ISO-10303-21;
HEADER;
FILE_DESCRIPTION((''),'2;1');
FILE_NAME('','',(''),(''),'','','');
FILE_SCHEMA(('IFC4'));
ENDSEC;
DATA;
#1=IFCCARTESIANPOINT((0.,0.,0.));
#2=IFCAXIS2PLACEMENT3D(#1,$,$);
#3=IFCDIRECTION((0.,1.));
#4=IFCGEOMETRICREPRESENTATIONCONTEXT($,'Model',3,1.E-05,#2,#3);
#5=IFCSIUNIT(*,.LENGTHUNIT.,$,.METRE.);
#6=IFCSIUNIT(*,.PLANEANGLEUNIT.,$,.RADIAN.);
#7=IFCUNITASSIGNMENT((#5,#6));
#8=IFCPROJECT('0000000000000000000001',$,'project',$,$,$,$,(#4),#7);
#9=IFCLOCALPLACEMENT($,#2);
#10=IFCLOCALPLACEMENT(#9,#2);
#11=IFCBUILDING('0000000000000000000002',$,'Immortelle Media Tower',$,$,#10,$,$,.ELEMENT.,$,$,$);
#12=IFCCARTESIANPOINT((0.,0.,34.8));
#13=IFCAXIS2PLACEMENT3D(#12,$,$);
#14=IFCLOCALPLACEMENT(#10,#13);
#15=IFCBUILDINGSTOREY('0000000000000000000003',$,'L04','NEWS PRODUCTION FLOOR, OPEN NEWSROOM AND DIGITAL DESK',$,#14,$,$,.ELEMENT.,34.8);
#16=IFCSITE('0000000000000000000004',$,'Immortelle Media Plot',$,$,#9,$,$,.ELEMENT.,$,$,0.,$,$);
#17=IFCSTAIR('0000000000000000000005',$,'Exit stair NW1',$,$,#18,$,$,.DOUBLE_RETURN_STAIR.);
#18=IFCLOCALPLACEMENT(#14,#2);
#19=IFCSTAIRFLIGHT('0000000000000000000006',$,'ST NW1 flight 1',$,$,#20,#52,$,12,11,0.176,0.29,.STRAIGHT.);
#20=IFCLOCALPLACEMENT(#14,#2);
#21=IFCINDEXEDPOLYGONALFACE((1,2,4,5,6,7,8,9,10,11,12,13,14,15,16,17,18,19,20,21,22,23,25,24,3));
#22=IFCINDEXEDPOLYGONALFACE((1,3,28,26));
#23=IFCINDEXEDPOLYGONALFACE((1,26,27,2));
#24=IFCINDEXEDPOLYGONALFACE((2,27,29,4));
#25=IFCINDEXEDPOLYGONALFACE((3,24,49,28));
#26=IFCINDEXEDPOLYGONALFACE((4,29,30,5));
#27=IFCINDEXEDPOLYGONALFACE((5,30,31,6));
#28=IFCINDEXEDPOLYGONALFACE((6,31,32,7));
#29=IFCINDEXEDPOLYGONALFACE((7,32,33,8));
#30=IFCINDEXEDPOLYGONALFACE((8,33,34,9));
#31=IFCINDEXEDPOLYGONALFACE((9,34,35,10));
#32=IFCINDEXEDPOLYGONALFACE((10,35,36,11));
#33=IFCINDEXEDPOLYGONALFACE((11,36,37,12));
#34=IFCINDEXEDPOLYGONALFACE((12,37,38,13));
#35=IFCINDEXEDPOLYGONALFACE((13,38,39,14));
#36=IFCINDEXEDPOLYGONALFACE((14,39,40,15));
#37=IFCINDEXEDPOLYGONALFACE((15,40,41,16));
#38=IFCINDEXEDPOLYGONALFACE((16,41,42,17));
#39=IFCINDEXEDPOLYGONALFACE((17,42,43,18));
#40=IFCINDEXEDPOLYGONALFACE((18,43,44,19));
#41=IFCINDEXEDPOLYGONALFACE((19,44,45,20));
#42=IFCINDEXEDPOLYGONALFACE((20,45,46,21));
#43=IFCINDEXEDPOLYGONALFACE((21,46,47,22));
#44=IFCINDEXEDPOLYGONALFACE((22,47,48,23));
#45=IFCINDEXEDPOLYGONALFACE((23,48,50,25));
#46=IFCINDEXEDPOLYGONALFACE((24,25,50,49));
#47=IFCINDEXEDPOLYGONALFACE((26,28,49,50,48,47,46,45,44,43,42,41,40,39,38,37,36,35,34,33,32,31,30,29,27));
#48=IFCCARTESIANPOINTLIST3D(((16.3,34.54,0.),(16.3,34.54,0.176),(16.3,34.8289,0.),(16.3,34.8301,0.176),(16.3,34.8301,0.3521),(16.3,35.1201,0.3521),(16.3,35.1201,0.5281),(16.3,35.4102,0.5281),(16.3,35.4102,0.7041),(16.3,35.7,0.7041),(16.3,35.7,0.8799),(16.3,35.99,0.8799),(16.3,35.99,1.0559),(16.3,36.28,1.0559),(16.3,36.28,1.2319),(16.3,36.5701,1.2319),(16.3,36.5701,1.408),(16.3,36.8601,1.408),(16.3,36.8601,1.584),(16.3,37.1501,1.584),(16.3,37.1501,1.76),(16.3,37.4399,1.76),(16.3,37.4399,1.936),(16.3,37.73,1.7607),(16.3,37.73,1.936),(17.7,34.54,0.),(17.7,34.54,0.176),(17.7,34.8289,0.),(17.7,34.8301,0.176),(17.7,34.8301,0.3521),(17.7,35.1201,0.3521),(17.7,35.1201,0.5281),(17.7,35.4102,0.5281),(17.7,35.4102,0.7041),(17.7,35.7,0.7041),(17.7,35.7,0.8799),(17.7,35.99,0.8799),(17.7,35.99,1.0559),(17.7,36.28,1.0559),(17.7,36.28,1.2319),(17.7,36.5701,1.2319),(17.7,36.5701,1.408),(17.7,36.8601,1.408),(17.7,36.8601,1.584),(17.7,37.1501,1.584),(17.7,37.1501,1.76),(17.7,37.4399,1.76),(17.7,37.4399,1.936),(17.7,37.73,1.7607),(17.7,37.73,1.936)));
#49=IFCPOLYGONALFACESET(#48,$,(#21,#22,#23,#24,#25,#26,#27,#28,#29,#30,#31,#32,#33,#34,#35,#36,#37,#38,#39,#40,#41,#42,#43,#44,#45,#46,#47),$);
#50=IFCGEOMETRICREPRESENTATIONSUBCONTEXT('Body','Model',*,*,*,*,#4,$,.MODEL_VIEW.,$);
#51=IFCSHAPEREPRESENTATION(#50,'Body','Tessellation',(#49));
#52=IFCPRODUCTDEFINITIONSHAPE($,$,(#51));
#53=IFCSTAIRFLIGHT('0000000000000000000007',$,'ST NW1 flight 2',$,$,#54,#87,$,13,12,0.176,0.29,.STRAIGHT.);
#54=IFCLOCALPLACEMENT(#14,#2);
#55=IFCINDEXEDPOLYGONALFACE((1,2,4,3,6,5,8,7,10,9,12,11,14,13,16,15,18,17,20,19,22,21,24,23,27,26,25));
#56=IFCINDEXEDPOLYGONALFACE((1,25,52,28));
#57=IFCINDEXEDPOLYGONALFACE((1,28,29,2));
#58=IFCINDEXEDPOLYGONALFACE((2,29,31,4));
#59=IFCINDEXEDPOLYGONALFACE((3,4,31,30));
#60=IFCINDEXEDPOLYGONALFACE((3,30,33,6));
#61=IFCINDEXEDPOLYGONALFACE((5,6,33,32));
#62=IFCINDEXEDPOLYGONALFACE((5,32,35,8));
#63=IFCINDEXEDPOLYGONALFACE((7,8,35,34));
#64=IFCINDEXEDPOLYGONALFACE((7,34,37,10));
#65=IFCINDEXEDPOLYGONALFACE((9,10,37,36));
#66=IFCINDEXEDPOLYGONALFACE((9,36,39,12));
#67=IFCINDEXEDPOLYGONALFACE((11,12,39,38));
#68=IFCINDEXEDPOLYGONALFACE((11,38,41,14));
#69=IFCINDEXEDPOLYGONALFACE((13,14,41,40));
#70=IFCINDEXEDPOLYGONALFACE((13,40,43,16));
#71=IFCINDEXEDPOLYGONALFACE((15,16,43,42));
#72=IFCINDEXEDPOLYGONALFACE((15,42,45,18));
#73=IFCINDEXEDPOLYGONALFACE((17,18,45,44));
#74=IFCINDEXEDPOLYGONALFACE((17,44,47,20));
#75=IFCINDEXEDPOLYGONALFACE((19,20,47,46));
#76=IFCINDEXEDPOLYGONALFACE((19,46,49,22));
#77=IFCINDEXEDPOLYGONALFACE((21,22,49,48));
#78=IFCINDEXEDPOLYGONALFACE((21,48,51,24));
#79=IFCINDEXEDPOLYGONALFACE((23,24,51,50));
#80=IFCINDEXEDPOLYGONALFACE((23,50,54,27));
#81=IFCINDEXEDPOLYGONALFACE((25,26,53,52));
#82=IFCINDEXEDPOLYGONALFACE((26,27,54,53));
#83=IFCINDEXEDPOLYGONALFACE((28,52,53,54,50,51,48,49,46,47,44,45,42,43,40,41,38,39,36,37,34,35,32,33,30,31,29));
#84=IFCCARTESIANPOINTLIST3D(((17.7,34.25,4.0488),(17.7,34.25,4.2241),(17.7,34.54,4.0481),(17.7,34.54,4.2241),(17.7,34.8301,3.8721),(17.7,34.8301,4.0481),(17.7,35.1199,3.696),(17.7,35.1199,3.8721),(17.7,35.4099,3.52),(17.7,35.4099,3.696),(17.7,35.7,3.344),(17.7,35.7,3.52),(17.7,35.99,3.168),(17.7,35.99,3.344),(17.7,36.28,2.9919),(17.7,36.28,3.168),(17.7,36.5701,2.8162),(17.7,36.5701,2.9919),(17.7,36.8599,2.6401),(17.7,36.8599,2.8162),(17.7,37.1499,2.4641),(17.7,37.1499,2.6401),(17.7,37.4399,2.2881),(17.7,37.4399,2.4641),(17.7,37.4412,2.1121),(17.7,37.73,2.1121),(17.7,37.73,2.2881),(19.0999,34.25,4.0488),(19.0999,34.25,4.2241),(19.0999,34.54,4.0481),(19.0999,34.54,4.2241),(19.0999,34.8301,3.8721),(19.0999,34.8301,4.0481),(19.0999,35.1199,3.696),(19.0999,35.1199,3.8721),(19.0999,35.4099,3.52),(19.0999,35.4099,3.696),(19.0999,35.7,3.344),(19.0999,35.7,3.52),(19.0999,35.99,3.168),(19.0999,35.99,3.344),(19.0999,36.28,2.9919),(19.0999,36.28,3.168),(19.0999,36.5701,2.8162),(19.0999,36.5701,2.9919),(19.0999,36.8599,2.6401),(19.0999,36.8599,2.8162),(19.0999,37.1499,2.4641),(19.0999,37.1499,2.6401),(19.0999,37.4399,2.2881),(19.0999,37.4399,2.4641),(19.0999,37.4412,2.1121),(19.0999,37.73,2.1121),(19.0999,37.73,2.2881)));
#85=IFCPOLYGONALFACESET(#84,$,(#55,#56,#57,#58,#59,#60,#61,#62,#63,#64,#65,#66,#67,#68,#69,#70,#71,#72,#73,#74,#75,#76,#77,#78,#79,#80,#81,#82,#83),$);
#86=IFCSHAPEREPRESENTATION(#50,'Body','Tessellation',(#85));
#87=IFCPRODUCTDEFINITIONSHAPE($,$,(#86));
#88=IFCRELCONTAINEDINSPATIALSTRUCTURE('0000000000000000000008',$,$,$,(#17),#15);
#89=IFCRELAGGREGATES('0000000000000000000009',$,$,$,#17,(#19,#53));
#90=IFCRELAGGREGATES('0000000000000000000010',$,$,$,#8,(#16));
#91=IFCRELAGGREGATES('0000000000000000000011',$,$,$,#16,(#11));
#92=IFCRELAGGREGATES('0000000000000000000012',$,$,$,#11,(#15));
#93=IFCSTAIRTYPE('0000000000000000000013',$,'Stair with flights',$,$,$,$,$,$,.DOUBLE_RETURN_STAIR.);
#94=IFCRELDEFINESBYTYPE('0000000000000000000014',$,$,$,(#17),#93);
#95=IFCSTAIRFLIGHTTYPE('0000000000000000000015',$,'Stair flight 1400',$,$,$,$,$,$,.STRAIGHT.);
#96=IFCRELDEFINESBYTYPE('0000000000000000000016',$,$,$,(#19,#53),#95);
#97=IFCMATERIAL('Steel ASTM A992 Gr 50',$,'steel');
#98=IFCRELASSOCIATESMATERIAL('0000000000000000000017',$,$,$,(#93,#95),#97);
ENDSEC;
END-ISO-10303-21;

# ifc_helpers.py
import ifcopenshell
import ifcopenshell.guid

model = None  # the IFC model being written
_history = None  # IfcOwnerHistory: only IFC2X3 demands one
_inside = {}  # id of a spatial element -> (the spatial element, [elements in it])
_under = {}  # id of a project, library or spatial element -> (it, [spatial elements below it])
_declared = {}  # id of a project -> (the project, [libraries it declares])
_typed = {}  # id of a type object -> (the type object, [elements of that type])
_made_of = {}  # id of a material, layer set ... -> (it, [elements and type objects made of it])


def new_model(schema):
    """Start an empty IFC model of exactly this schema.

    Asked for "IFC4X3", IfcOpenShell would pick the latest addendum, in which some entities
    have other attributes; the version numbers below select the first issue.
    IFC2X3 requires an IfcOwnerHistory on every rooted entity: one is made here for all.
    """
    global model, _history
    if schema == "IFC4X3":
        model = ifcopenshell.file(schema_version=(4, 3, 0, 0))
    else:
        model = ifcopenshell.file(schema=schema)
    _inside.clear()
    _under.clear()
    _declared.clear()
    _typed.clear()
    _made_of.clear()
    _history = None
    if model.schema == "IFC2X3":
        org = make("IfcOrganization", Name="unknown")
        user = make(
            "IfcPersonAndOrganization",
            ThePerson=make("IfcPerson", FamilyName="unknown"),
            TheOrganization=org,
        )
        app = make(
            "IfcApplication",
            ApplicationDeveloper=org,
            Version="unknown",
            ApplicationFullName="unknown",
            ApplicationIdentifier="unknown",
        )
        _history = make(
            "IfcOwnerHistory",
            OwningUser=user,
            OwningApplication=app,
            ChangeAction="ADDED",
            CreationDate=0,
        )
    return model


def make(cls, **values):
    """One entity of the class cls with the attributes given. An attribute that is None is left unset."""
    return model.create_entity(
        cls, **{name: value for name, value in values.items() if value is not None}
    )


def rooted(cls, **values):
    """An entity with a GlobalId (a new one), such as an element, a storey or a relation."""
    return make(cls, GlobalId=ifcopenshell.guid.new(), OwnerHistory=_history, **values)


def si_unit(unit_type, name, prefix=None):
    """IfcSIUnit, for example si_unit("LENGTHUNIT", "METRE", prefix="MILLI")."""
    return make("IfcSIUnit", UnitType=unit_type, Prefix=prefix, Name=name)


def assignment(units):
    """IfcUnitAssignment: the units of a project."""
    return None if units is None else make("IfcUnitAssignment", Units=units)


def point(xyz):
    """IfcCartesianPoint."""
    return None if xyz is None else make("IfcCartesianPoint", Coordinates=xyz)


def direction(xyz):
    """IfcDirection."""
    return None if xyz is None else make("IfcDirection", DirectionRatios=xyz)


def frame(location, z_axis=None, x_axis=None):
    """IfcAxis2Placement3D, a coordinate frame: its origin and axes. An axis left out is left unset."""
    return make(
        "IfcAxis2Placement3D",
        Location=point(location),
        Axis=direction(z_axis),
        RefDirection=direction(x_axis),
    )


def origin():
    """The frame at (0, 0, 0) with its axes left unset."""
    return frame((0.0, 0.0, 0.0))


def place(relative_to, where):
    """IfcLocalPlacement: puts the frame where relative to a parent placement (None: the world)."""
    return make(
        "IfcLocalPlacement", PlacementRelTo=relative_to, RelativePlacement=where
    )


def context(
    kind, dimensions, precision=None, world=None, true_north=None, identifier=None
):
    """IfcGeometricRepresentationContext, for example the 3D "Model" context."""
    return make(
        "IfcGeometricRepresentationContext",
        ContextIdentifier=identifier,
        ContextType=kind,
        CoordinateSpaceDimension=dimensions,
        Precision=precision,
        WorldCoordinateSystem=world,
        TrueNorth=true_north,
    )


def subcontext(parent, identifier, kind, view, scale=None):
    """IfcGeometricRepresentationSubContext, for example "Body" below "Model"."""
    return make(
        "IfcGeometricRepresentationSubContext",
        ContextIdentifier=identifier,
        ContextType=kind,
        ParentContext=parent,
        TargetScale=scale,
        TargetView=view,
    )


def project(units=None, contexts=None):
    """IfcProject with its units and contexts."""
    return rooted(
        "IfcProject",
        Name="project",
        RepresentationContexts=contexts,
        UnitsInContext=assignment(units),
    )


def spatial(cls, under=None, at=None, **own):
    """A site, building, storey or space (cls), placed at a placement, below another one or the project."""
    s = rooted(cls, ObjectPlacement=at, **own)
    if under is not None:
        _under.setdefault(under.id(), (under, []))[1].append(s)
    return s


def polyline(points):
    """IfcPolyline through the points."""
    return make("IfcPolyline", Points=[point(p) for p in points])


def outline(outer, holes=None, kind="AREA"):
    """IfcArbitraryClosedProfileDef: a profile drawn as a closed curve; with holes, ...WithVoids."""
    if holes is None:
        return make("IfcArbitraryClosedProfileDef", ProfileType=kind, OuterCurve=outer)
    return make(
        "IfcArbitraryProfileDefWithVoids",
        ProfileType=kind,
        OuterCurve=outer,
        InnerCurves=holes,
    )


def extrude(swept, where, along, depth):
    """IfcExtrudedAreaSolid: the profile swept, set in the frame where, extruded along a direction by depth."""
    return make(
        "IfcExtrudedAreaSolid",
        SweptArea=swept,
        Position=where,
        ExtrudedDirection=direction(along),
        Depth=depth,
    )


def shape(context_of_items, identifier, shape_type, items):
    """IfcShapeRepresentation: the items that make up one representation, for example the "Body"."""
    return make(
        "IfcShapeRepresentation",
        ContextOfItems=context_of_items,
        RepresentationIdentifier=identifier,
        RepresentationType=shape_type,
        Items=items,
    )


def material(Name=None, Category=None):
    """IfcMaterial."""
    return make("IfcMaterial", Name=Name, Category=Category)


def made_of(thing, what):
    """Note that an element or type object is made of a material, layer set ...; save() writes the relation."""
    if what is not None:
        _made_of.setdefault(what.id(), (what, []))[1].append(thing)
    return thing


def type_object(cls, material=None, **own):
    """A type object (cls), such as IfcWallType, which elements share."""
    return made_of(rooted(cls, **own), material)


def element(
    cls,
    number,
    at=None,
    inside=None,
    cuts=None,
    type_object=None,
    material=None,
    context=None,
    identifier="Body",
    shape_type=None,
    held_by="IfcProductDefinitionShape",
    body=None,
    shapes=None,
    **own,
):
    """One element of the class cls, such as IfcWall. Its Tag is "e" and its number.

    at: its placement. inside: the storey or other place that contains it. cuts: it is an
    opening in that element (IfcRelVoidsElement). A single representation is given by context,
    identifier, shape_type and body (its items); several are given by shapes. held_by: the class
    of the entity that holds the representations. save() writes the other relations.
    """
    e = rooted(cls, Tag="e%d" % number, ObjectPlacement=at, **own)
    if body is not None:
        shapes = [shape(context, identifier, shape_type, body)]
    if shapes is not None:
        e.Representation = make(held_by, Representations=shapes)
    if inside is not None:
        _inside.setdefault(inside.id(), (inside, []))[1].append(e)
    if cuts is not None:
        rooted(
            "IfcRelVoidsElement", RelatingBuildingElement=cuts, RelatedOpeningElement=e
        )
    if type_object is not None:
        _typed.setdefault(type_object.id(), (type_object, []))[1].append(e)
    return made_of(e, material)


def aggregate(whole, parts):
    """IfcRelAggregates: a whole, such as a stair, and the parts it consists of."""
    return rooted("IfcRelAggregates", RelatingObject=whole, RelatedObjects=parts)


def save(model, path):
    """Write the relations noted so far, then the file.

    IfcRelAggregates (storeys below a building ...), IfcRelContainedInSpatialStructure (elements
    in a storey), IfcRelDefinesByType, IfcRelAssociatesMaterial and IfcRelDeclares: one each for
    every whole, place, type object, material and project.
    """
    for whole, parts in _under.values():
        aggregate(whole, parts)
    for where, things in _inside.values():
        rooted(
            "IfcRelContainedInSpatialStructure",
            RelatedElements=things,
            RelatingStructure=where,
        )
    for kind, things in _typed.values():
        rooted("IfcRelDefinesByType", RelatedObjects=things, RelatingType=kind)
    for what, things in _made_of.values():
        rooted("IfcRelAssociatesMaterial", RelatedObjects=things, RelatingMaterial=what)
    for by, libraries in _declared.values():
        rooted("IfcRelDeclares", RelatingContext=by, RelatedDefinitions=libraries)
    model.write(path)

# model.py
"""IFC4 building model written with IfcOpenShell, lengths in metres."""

from ifc_helpers import new_model, si_unit, direction, frame, origin, place, context, subcontext, project, spatial, polyline, outline, extrude, material, type_object, element, aggregate, save


model = new_model("IFC4")

# Units and contexts
model_context = context("Model", 3, precision=1e-05, world=origin(), true_north=direction((0.0, 1.0)))
body_context = subcontext(model_context, "Body", "Model", "MODEL_VIEW")
ifc_project = project(units=[si_unit("LENGTHUNIT", "METRE"), si_unit("PLANEANGLEUNIT", "RADIAN")], contexts=[model_context])

# Site, building, storey
site_placement = place(None, origin())
site = spatial("IfcSite", under=ifc_project, at=site_placement, Name="Immortelle Media Plot", CompositionType="ELEMENT", RefElevation=0.0)
building_placement = place(site_placement, origin())
building = spatial("IfcBuilding", under=site, at=building_placement, Name="Immortelle Media Tower", CompositionType="ELEMENT")
storey_placement = place(building_placement, frame((0.0, 0.0, 34.8)))
storey = spatial("IfcBuildingStorey", under=building, at=storey_placement, Name="L04", Description="NEWS PRODUCTION FLOOR, OPEN NEWSROOM AND DIGITAL DESK", CompositionType="ELEMENT", Elevation=34.8)

# Shared definitions
ifc_material_1 = material(Name="Steel ASTM A992 Gr 50", Category="steel")

# Stair, stair flights
stair_type = type_object("IfcStairType", Name="Stair with flights", PredefinedType="DOUBLE_RETURN_STAIR", material=ifc_material_1)
stair_placement = place(storey_placement, origin())
stair = element("IfcStair", 1, at=stair_placement, inside=storey, type_object=stair_type, Name="Exit stair NW1", PredefinedType="DOUBLE_RETURN_STAIR")
stair_flight_type = type_object("IfcStairFlightType", Name="Stair flight 1400", PredefinedType="STRAIGHT", material=ifc_material_1)
stair_flight_1_placement = place(storey_placement, frame((17.0, 34.54, 0.0), z_axis=(0.0, 0.0, 1.0), x_axis=(0.0, 1.0, 0.0)))
stair_flight_1 = element("IfcStairFlight", 2, at=stair_flight_1_placement, type_object=stair_flight_type, Name="ST NW1 flight 1", NumberOfRisers=12, NumberOfTreads=11, PredefinedType="STRAIGHT", RiserHeight=0.176, TreadLength=0.29, context=body_context, shape_type="SweptSolid", body=[
    extrude(outline(polyline([(0.0, 0.0), (0.0, 0.176), (0.29, 0.176), (0.29, 0.3521), (0.5801, 0.3521), (0.5801, 0.5281), (0.8701, 0.5281), (0.8701, 0.7041), (1.1599, 0.7041), (1.1599, 0.8799), (1.45, 0.8799), (1.45, 1.0559), (1.74, 1.0559), (1.74, 1.2319), (2.03, 1.2319), (2.03, 1.408), (2.3201, 1.408), (2.3201, 1.584), (2.6101, 1.584), (2.6101, 1.76), (2.8999, 1.76), (2.8999, 1.936), (3.1899, 1.936), (3.1899, 2.1121), (3.1899, 1.7607), (0.2888, 0.0), (0.0, 0.0)])), frame((0.0, 0.7, 0.0), z_axis=(0.0, -1.0, 0.0), x_axis=(1.0, 0.0, 0.0)), (0.0, 0.0, 1.0), 1.3999),
])
stair_flight_2_placement = place(storey_placement, frame((18.3999, 37.73, 2.1121), z_axis=(0.0, 0.0, 1.0), x_axis=(0.0, -1.0, 0.0)))
stair_flight_2 = element("IfcStairFlight", 3, at=stair_flight_2_placement, type_object=stair_flight_type, Name="ST NW1 flight 2", NumberOfRisers=13, NumberOfTreads=12, PredefinedType="STRAIGHT", RiserHeight=0.176, TreadLength=0.29, context=body_context, shape_type="SweptSolid", body=[
    extrude(outline(polyline([(0.0, 0.0), (0.0, 0.176), (0.29, 0.176), (0.29, 0.3521), (0.5801, 0.3521), (0.5801, 0.5281), (0.8701, 0.5281), (0.8701, 0.7041), (1.1599, 0.7041), (1.1599, 0.8799), (1.45, 0.8799), (1.45, 1.0559), (1.74, 1.0559), (1.74, 1.2319), (2.03, 1.2319), (2.03, 1.408), (2.3201, 1.408), (2.3201, 1.584), (2.6101, 1.584), (2.6101, 1.76), (2.8999, 1.76), (2.8999, 1.936), (3.1899, 1.936), (3.1899, 2.1121), (3.48, 2.1121), (3.48, 2.2881), (3.48, 1.9368), (0.2888, 0.0), (0.0, 0.0)])), frame((0.0, 0.7, 0.0), z_axis=(0.0, -1.0, 0.0), x_axis=(1.0, 0.0, 0.0)), (0.0, 0.0, 1.0), 1.3999),
])
aggregate(stair, [stair_flight_1, stair_flight_2])

save(model, "model.ifc")
